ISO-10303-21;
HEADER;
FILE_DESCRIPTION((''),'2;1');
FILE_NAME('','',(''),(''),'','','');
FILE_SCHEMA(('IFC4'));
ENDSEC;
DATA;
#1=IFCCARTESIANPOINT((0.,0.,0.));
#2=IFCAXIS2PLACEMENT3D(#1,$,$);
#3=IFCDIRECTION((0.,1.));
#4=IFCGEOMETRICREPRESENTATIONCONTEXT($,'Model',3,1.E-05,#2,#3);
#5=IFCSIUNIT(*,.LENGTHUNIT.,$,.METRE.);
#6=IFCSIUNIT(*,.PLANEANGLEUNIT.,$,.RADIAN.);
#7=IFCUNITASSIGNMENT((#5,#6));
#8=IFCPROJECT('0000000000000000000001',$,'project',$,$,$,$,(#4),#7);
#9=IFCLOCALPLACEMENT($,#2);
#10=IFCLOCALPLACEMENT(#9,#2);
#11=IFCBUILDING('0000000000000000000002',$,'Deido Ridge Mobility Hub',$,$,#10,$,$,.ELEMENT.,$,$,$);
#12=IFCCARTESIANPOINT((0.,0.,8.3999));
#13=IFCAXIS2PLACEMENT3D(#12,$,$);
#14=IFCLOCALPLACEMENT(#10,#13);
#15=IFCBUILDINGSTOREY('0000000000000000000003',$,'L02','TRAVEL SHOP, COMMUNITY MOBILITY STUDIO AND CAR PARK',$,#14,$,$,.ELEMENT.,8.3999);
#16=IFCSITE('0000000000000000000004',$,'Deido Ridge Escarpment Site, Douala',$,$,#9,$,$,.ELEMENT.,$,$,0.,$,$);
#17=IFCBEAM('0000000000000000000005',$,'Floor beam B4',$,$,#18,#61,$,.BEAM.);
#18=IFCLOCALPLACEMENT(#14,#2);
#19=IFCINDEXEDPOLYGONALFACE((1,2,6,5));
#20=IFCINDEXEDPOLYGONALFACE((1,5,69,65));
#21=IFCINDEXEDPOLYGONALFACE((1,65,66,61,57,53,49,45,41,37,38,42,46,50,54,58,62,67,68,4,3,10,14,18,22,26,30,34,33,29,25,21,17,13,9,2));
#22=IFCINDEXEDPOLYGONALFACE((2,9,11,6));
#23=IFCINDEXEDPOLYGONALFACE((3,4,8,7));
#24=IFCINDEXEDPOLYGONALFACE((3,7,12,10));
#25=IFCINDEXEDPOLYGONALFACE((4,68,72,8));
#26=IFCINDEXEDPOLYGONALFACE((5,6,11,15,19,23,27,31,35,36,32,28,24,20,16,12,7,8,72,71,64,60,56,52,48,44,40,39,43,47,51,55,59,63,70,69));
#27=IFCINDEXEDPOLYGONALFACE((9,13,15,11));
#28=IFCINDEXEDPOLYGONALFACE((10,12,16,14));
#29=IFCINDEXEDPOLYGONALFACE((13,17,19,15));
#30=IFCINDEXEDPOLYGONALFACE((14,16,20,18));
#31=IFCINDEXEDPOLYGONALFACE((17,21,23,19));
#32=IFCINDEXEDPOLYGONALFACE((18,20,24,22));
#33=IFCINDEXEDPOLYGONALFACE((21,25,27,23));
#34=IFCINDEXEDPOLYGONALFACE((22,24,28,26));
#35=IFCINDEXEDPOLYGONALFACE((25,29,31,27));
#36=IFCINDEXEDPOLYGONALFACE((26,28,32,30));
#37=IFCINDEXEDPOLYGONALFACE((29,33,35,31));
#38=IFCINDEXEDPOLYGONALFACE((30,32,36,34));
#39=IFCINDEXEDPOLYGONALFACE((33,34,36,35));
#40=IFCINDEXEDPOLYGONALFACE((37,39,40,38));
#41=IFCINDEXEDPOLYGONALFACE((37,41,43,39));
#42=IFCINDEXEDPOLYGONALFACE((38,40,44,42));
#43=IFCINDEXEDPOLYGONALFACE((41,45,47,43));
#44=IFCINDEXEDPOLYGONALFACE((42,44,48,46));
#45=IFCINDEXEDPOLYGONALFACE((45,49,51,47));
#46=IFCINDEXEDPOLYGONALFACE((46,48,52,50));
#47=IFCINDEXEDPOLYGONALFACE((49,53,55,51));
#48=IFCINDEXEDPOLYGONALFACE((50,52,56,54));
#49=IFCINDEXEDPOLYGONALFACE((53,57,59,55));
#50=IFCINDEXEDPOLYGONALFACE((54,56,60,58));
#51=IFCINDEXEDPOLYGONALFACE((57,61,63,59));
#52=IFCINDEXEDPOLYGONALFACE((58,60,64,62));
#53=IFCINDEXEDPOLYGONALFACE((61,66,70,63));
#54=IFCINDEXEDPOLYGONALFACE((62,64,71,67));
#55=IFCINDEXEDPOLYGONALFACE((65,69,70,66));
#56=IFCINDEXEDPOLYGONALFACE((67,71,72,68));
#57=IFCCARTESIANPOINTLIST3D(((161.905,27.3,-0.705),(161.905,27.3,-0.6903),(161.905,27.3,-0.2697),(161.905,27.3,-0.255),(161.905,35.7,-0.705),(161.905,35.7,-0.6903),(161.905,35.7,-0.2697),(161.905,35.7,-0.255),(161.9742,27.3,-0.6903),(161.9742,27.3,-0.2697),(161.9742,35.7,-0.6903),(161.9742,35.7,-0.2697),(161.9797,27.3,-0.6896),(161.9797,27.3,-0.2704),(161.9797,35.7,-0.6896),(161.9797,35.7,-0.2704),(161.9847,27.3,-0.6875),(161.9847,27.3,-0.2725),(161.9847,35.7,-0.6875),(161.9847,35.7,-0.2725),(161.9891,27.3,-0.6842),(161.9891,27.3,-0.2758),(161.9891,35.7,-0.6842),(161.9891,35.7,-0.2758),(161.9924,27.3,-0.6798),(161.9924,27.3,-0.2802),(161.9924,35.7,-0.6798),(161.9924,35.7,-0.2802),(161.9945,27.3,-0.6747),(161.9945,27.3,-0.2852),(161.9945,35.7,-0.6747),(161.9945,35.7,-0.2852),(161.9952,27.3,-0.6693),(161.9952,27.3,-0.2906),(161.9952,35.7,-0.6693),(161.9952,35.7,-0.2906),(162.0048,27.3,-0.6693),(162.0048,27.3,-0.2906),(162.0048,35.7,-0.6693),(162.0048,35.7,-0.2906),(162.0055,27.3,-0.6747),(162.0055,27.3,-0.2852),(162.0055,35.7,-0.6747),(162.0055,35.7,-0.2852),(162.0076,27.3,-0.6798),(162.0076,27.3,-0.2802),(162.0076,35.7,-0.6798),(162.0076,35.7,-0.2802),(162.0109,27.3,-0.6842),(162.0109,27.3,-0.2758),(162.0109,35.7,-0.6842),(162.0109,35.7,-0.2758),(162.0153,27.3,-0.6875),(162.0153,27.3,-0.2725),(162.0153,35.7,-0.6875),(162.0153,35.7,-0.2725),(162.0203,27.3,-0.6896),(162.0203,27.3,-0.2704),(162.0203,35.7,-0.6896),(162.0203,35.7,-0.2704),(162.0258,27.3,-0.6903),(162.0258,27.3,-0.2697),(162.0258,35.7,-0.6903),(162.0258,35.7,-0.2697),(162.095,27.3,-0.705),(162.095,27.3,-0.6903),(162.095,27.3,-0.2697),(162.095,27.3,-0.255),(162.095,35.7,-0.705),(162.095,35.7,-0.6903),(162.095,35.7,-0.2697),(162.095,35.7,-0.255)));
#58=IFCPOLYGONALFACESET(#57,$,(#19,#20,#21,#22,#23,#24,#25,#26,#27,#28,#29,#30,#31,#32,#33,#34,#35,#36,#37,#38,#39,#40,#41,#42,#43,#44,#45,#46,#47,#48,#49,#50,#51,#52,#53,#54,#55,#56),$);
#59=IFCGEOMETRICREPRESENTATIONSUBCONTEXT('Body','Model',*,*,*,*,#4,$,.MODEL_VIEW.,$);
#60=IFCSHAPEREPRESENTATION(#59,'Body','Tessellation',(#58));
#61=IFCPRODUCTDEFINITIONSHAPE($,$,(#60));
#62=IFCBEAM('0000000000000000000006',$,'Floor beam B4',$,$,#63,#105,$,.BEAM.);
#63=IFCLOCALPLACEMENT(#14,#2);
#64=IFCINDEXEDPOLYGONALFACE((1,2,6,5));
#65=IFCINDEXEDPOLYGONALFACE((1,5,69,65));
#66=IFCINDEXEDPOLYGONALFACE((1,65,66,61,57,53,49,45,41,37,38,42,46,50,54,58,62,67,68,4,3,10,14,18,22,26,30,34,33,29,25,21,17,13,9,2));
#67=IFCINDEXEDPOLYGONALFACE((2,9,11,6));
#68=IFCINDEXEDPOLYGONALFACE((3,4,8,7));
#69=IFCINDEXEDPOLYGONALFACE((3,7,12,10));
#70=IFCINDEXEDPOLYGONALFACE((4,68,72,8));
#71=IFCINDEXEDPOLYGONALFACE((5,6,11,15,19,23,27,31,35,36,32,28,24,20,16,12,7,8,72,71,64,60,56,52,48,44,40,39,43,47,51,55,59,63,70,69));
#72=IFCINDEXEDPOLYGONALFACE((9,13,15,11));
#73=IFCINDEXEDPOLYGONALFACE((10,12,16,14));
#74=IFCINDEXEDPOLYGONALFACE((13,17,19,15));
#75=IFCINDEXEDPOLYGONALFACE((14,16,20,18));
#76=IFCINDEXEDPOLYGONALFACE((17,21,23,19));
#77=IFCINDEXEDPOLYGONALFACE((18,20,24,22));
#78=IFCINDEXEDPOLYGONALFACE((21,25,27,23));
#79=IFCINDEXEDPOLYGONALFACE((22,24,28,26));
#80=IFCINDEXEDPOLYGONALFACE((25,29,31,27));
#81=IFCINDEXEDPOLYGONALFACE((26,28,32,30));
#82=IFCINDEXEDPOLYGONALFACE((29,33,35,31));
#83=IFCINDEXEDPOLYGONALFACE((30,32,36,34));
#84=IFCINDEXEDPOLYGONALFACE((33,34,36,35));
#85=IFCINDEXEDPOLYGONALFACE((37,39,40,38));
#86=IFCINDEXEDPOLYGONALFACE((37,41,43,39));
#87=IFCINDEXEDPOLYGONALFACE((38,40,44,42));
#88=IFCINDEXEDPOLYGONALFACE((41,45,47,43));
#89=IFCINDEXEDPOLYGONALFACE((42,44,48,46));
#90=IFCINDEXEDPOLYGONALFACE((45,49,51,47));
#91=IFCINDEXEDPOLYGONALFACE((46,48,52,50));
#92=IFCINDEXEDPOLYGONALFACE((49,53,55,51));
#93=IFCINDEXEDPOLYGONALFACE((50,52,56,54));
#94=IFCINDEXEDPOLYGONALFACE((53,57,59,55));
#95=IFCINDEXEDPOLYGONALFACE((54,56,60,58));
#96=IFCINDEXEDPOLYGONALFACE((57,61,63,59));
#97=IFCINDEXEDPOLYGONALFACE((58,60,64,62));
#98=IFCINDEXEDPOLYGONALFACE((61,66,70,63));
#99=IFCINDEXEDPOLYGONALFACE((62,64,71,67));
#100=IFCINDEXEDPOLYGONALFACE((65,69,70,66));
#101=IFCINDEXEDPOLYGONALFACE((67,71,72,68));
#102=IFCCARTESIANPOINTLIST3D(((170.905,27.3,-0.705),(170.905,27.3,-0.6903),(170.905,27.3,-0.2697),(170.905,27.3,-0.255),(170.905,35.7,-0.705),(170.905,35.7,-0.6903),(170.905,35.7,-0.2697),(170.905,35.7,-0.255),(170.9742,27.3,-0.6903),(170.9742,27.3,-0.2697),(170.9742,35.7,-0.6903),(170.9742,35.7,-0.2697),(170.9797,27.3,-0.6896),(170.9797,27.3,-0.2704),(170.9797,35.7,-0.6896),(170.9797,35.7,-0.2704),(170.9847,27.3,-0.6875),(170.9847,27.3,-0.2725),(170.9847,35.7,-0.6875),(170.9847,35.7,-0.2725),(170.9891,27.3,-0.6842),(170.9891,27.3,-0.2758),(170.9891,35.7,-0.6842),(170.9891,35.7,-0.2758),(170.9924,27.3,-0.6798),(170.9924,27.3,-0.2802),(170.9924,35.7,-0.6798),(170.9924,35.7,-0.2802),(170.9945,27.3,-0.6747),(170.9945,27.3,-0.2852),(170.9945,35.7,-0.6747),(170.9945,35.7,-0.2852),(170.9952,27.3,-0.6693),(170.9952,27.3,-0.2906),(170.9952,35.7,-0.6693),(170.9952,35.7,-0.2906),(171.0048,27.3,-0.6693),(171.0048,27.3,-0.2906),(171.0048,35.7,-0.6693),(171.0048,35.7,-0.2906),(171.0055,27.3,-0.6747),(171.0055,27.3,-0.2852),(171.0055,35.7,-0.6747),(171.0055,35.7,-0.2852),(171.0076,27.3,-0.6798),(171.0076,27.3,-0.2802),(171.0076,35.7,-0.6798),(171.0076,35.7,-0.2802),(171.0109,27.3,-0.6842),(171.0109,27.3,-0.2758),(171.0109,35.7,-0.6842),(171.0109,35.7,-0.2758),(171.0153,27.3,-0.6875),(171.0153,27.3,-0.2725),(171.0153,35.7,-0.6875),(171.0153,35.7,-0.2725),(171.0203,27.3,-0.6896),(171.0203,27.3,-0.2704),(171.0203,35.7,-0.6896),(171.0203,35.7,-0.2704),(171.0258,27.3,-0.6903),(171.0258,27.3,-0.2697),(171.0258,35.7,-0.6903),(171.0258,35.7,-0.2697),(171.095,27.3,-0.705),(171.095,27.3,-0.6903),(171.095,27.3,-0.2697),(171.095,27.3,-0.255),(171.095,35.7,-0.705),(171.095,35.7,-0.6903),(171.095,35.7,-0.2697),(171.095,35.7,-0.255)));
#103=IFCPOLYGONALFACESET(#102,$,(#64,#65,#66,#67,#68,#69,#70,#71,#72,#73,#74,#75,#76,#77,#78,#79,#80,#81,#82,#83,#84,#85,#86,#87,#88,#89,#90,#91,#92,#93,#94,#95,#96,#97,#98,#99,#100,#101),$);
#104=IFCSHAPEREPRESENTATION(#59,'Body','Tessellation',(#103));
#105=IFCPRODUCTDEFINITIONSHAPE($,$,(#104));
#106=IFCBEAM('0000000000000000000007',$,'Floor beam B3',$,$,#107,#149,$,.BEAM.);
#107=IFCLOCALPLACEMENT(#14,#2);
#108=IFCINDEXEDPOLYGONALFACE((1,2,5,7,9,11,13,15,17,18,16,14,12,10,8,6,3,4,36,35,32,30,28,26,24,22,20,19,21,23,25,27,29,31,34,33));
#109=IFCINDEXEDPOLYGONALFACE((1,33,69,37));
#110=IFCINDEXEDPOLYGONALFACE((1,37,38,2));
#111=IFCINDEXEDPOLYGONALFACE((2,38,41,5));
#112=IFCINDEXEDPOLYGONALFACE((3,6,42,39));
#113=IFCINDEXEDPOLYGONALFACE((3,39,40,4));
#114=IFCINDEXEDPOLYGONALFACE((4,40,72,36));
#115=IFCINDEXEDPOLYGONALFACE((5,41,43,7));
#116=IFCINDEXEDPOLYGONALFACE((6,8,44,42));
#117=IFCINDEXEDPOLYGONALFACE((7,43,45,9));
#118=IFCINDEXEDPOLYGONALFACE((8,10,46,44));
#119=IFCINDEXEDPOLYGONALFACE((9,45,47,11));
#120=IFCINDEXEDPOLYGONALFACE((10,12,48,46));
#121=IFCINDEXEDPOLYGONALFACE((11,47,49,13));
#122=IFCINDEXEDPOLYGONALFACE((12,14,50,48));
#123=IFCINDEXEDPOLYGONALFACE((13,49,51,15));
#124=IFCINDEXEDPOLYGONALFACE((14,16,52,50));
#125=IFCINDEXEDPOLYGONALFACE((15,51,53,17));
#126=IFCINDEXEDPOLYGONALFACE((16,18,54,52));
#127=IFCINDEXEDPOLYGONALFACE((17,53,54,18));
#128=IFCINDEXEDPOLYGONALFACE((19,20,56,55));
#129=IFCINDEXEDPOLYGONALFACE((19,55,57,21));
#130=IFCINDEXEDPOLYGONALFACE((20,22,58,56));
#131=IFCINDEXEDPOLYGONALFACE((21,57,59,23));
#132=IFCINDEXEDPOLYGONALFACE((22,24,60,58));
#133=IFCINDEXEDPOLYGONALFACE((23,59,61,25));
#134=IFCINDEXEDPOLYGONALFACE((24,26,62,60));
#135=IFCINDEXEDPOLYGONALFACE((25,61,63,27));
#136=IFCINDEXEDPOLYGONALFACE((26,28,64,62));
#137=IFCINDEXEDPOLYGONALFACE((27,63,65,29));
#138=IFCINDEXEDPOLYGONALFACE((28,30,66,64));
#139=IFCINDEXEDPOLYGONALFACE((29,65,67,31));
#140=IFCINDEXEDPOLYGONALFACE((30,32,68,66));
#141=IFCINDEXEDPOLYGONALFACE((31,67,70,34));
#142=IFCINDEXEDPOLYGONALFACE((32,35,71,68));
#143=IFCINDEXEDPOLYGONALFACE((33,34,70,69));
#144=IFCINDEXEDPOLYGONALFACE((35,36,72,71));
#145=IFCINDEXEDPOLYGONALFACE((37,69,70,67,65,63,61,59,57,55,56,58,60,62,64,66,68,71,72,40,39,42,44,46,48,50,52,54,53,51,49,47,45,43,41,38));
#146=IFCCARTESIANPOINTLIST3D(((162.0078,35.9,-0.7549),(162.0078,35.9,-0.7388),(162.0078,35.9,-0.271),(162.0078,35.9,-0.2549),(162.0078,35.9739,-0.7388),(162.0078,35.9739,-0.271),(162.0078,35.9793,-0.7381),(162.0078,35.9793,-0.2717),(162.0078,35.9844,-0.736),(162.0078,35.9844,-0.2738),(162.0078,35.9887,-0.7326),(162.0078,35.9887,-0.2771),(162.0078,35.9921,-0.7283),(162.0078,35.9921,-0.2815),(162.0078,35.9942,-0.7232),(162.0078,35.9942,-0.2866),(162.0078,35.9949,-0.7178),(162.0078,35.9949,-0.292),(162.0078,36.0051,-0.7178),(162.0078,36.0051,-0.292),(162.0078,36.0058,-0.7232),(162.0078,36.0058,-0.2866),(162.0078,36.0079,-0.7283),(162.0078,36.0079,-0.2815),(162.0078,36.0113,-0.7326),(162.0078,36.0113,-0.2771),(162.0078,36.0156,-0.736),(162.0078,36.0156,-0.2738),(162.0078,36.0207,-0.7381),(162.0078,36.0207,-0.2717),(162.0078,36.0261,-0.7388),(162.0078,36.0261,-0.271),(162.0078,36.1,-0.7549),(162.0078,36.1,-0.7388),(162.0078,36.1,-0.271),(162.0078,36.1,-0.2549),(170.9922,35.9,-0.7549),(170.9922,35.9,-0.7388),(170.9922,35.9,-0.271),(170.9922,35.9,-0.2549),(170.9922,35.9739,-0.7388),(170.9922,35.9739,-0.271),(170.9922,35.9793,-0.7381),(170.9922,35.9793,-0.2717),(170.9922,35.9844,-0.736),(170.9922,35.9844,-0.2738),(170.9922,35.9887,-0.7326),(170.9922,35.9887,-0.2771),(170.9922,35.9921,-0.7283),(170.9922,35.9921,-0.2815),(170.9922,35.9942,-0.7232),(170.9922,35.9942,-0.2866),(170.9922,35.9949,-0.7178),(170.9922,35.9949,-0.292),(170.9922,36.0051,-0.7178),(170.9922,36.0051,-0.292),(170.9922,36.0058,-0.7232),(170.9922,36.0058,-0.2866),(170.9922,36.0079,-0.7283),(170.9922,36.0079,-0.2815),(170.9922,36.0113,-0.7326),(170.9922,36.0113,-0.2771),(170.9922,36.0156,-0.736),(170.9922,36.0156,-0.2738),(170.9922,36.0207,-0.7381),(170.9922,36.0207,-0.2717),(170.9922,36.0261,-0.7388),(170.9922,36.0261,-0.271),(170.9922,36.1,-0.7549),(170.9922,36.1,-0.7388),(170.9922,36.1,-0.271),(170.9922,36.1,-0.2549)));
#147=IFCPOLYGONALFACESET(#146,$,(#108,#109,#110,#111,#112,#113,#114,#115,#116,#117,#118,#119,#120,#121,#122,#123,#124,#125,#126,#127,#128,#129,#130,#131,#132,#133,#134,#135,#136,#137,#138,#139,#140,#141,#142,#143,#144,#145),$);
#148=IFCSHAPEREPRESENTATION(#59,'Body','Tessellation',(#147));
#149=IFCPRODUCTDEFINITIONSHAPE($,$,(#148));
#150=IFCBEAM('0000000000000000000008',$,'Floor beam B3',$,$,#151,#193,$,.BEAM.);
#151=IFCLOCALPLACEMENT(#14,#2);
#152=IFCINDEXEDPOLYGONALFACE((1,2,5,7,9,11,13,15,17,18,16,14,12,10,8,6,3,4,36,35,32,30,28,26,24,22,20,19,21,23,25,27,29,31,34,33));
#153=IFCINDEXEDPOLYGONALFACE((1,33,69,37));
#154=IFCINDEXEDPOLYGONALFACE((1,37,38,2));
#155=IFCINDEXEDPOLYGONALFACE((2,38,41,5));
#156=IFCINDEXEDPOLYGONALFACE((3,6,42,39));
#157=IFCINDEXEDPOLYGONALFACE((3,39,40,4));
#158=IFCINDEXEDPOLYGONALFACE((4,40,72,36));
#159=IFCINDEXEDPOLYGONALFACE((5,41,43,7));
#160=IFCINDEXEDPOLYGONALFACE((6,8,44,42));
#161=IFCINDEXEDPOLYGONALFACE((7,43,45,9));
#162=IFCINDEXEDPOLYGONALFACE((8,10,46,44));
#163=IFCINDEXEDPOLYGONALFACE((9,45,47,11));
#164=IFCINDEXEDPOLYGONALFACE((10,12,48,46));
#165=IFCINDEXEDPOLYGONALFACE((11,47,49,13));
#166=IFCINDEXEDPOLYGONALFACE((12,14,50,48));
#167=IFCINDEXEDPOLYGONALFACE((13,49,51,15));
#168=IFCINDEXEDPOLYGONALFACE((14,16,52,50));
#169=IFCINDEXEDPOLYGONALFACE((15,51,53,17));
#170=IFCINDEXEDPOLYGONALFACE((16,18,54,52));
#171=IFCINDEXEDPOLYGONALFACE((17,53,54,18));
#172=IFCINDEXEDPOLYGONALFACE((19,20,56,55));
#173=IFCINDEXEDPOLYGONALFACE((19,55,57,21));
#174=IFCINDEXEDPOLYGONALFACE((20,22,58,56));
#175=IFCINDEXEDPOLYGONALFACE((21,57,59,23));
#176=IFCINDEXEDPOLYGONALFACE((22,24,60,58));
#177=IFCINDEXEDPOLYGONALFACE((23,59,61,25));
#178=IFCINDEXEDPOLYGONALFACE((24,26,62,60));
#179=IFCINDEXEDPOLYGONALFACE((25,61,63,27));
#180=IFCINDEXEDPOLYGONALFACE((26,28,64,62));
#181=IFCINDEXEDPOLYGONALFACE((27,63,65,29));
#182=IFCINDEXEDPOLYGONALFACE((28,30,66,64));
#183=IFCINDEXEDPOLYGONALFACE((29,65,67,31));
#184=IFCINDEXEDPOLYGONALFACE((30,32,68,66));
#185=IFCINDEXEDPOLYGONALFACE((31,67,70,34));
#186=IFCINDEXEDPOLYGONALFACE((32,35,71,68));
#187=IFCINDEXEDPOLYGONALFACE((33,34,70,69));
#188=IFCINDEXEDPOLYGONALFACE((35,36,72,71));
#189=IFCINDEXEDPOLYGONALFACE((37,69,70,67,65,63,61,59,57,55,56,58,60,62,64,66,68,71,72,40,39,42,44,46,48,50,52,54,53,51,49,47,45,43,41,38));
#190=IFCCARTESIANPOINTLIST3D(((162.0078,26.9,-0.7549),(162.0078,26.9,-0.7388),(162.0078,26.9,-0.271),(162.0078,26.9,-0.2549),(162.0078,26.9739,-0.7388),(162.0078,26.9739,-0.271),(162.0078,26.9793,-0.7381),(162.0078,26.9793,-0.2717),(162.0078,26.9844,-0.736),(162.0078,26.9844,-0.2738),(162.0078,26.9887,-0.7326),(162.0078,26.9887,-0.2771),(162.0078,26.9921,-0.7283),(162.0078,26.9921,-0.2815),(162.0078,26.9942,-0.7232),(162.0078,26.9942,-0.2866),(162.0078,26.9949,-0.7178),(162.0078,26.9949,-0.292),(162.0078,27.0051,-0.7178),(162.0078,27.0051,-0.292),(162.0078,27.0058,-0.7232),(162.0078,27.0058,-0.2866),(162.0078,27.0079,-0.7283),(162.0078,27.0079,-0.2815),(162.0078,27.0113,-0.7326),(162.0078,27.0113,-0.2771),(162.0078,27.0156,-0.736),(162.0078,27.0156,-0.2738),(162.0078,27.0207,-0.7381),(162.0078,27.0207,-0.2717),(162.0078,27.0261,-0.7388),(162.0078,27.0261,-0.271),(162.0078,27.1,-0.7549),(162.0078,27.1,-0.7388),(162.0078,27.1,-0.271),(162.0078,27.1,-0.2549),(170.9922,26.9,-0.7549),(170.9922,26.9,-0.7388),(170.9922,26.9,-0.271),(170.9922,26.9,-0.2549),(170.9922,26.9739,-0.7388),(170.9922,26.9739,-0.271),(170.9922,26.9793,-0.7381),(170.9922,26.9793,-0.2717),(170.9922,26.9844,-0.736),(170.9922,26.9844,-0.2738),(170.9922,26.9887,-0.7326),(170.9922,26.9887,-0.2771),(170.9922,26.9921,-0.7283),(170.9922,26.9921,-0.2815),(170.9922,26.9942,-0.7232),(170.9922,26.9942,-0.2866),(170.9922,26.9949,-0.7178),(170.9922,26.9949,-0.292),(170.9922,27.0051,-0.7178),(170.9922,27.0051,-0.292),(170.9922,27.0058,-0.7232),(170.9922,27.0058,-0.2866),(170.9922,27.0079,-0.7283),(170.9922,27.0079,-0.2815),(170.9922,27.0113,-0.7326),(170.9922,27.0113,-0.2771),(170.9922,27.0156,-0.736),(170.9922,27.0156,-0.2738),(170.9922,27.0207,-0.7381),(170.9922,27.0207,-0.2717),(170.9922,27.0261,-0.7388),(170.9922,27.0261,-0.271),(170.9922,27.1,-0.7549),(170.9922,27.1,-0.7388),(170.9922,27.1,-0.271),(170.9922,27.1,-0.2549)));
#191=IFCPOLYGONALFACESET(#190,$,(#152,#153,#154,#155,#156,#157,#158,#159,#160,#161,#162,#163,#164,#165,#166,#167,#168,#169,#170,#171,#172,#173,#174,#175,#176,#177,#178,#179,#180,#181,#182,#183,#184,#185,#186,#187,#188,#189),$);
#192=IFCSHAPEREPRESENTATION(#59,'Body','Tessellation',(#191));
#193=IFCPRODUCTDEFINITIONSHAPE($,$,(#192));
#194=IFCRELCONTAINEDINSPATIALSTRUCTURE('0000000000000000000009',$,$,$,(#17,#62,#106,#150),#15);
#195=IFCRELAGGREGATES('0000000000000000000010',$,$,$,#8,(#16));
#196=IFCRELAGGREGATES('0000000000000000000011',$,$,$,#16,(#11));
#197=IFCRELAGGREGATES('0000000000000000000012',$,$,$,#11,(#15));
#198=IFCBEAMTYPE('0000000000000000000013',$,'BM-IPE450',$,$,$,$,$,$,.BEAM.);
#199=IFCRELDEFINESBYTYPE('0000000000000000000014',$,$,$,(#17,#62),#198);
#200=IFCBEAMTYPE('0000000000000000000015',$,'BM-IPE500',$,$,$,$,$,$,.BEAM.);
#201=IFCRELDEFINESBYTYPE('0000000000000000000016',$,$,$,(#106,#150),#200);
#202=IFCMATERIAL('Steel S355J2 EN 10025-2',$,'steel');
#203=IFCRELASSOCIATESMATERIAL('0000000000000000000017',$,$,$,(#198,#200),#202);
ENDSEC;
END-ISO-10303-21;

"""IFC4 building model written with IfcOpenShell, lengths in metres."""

from ifc_helpers import new_model, si_unit, direction, frame, origin, origin_2d, place, context, subcontext, project, spatial, i_section, extrude, material, material_profile, profile_set, type_object, element, save


model = new_model("IFC4")

# Units and contexts
model_context = context("Model", 3, precision=1e-05, world=origin(), true_north=direction((0.0, 1.0)))
body_context = subcontext(model_context, "Body", "Model", "MODEL_VIEW")
ifc_project = project(units=[si_unit("LENGTHUNIT", "METRE"), si_unit("PLANEANGLEUNIT", "RADIAN")], contexts=[model_context])

# Site, building, storey
site_placement = place(None, origin())
site = spatial("IfcSite", under=ifc_project, at=site_placement, Name="Deido Ridge Escarpment Site, Douala", CompositionType="ELEMENT", RefElevation=0.0)
building_placement = place(site_placement, origin())
building = spatial("IfcBuilding", under=site, at=building_placement, Name="Deido Ridge Mobility Hub", CompositionType="ELEMENT")
storey_placement = place(building_placement, frame((0.0, 0.0, 8.3999)))
storey = spatial("IfcBuildingStorey", under=building, at=storey_placement, Name="L02", Description="TRAVEL SHOP, COMMUNITY MOBILITY STUDIO AND CAR PARK", CompositionType="ELEMENT", Elevation=8.3999)

# Shared definitions
ifc_material_1 = material(Name="Steel S355J2 EN 10025-2", Category="steel")

# Beams
ifc_material_profile_1 = material_profile(ifc_material_1, i_section(OverallWidth=0.1899, OverallDepth=0.45, WebThickness=0.0095, FlangeThickness=0.0146, FilletRadius=0.021, at=origin_2d()), Name="IPE 450")
ifc_profile_set_1 = profile_set([ifc_material_profile_1], Name="Steel S355J2 EN 10025-2")
beam_type_1 = type_object("IfcBeamType", Name="BM-IPE450", PredefinedType="BEAM", material=ifc_profile_set_1)
for number, where, z_axis, x_axis, name in (
    (1, (162.0, 27.3, -0.48), (0.0, 1.0, 0.0), (-1.0, 0.0, 0.0), "Floor beam B4"),
    (2, (171.0, 27.3, -0.48), (0.0, 1.0, 0.0), (-1.0, 0.0, 0.0), "Floor beam B4"),
):
    element("IfcBeam", number, at=place(storey_placement, frame(where, z_axis=z_axis, x_axis=x_axis)), inside=storey, type_object=beam_type_1, Name=name, PredefinedType="BEAM", context=body_context, shape_type="SweptSolid", body=[
        extrude(i_section(OverallWidth=0.1899, OverallDepth=0.45, WebThickness=0.0095, FlangeThickness=0.0146, FilletRadius=0.021, at=origin_2d()), origin(), (0.0, 0.0, 1.0), 8.3999),
    ])
ifc_material_profile_2 = material_profile(ifc_material_1, i_section(OverallWidth=0.2, OverallDepth=0.5, WebThickness=0.0103, FlangeThickness=0.0161, FilletRadius=0.021, at=origin_2d()), Name="IPE 500")
ifc_profile_set_2 = profile_set([ifc_material_profile_2], Name="Steel S355J2 EN 10025-2")
beam_type_2 = type_object("IfcBeamType", Name="BM-IPE500", PredefinedType="BEAM", material=ifc_profile_set_2)
for number, where, z_axis, x_axis, name in (
    (3, (162.0078, 36.0, -0.5049), (1.0, 0.0, 0.0), (0.0, 1.0, 0.0), "Floor beam B3"),
    (4, (162.0078, 27.0, -0.5049), (1.0, 0.0, 0.0), (0.0, 1.0, 0.0), "Floor beam B3"),
):
    element("IfcBeam", number, at=place(storey_placement, frame(where, z_axis=z_axis, x_axis=x_axis)), inside=storey, type_object=beam_type_2, Name=name, PredefinedType="BEAM", context=body_context, shape_type="SweptSolid", body=[
        extrude(i_section(OverallWidth=0.2, OverallDepth=0.5, WebThickness=0.0103, FlangeThickness=0.0161, FilletRadius=0.021, at=origin_2d()), origin(), (0.0, 0.0, 1.0), 8.9844),
    ])

save(model, "model.ifc")
